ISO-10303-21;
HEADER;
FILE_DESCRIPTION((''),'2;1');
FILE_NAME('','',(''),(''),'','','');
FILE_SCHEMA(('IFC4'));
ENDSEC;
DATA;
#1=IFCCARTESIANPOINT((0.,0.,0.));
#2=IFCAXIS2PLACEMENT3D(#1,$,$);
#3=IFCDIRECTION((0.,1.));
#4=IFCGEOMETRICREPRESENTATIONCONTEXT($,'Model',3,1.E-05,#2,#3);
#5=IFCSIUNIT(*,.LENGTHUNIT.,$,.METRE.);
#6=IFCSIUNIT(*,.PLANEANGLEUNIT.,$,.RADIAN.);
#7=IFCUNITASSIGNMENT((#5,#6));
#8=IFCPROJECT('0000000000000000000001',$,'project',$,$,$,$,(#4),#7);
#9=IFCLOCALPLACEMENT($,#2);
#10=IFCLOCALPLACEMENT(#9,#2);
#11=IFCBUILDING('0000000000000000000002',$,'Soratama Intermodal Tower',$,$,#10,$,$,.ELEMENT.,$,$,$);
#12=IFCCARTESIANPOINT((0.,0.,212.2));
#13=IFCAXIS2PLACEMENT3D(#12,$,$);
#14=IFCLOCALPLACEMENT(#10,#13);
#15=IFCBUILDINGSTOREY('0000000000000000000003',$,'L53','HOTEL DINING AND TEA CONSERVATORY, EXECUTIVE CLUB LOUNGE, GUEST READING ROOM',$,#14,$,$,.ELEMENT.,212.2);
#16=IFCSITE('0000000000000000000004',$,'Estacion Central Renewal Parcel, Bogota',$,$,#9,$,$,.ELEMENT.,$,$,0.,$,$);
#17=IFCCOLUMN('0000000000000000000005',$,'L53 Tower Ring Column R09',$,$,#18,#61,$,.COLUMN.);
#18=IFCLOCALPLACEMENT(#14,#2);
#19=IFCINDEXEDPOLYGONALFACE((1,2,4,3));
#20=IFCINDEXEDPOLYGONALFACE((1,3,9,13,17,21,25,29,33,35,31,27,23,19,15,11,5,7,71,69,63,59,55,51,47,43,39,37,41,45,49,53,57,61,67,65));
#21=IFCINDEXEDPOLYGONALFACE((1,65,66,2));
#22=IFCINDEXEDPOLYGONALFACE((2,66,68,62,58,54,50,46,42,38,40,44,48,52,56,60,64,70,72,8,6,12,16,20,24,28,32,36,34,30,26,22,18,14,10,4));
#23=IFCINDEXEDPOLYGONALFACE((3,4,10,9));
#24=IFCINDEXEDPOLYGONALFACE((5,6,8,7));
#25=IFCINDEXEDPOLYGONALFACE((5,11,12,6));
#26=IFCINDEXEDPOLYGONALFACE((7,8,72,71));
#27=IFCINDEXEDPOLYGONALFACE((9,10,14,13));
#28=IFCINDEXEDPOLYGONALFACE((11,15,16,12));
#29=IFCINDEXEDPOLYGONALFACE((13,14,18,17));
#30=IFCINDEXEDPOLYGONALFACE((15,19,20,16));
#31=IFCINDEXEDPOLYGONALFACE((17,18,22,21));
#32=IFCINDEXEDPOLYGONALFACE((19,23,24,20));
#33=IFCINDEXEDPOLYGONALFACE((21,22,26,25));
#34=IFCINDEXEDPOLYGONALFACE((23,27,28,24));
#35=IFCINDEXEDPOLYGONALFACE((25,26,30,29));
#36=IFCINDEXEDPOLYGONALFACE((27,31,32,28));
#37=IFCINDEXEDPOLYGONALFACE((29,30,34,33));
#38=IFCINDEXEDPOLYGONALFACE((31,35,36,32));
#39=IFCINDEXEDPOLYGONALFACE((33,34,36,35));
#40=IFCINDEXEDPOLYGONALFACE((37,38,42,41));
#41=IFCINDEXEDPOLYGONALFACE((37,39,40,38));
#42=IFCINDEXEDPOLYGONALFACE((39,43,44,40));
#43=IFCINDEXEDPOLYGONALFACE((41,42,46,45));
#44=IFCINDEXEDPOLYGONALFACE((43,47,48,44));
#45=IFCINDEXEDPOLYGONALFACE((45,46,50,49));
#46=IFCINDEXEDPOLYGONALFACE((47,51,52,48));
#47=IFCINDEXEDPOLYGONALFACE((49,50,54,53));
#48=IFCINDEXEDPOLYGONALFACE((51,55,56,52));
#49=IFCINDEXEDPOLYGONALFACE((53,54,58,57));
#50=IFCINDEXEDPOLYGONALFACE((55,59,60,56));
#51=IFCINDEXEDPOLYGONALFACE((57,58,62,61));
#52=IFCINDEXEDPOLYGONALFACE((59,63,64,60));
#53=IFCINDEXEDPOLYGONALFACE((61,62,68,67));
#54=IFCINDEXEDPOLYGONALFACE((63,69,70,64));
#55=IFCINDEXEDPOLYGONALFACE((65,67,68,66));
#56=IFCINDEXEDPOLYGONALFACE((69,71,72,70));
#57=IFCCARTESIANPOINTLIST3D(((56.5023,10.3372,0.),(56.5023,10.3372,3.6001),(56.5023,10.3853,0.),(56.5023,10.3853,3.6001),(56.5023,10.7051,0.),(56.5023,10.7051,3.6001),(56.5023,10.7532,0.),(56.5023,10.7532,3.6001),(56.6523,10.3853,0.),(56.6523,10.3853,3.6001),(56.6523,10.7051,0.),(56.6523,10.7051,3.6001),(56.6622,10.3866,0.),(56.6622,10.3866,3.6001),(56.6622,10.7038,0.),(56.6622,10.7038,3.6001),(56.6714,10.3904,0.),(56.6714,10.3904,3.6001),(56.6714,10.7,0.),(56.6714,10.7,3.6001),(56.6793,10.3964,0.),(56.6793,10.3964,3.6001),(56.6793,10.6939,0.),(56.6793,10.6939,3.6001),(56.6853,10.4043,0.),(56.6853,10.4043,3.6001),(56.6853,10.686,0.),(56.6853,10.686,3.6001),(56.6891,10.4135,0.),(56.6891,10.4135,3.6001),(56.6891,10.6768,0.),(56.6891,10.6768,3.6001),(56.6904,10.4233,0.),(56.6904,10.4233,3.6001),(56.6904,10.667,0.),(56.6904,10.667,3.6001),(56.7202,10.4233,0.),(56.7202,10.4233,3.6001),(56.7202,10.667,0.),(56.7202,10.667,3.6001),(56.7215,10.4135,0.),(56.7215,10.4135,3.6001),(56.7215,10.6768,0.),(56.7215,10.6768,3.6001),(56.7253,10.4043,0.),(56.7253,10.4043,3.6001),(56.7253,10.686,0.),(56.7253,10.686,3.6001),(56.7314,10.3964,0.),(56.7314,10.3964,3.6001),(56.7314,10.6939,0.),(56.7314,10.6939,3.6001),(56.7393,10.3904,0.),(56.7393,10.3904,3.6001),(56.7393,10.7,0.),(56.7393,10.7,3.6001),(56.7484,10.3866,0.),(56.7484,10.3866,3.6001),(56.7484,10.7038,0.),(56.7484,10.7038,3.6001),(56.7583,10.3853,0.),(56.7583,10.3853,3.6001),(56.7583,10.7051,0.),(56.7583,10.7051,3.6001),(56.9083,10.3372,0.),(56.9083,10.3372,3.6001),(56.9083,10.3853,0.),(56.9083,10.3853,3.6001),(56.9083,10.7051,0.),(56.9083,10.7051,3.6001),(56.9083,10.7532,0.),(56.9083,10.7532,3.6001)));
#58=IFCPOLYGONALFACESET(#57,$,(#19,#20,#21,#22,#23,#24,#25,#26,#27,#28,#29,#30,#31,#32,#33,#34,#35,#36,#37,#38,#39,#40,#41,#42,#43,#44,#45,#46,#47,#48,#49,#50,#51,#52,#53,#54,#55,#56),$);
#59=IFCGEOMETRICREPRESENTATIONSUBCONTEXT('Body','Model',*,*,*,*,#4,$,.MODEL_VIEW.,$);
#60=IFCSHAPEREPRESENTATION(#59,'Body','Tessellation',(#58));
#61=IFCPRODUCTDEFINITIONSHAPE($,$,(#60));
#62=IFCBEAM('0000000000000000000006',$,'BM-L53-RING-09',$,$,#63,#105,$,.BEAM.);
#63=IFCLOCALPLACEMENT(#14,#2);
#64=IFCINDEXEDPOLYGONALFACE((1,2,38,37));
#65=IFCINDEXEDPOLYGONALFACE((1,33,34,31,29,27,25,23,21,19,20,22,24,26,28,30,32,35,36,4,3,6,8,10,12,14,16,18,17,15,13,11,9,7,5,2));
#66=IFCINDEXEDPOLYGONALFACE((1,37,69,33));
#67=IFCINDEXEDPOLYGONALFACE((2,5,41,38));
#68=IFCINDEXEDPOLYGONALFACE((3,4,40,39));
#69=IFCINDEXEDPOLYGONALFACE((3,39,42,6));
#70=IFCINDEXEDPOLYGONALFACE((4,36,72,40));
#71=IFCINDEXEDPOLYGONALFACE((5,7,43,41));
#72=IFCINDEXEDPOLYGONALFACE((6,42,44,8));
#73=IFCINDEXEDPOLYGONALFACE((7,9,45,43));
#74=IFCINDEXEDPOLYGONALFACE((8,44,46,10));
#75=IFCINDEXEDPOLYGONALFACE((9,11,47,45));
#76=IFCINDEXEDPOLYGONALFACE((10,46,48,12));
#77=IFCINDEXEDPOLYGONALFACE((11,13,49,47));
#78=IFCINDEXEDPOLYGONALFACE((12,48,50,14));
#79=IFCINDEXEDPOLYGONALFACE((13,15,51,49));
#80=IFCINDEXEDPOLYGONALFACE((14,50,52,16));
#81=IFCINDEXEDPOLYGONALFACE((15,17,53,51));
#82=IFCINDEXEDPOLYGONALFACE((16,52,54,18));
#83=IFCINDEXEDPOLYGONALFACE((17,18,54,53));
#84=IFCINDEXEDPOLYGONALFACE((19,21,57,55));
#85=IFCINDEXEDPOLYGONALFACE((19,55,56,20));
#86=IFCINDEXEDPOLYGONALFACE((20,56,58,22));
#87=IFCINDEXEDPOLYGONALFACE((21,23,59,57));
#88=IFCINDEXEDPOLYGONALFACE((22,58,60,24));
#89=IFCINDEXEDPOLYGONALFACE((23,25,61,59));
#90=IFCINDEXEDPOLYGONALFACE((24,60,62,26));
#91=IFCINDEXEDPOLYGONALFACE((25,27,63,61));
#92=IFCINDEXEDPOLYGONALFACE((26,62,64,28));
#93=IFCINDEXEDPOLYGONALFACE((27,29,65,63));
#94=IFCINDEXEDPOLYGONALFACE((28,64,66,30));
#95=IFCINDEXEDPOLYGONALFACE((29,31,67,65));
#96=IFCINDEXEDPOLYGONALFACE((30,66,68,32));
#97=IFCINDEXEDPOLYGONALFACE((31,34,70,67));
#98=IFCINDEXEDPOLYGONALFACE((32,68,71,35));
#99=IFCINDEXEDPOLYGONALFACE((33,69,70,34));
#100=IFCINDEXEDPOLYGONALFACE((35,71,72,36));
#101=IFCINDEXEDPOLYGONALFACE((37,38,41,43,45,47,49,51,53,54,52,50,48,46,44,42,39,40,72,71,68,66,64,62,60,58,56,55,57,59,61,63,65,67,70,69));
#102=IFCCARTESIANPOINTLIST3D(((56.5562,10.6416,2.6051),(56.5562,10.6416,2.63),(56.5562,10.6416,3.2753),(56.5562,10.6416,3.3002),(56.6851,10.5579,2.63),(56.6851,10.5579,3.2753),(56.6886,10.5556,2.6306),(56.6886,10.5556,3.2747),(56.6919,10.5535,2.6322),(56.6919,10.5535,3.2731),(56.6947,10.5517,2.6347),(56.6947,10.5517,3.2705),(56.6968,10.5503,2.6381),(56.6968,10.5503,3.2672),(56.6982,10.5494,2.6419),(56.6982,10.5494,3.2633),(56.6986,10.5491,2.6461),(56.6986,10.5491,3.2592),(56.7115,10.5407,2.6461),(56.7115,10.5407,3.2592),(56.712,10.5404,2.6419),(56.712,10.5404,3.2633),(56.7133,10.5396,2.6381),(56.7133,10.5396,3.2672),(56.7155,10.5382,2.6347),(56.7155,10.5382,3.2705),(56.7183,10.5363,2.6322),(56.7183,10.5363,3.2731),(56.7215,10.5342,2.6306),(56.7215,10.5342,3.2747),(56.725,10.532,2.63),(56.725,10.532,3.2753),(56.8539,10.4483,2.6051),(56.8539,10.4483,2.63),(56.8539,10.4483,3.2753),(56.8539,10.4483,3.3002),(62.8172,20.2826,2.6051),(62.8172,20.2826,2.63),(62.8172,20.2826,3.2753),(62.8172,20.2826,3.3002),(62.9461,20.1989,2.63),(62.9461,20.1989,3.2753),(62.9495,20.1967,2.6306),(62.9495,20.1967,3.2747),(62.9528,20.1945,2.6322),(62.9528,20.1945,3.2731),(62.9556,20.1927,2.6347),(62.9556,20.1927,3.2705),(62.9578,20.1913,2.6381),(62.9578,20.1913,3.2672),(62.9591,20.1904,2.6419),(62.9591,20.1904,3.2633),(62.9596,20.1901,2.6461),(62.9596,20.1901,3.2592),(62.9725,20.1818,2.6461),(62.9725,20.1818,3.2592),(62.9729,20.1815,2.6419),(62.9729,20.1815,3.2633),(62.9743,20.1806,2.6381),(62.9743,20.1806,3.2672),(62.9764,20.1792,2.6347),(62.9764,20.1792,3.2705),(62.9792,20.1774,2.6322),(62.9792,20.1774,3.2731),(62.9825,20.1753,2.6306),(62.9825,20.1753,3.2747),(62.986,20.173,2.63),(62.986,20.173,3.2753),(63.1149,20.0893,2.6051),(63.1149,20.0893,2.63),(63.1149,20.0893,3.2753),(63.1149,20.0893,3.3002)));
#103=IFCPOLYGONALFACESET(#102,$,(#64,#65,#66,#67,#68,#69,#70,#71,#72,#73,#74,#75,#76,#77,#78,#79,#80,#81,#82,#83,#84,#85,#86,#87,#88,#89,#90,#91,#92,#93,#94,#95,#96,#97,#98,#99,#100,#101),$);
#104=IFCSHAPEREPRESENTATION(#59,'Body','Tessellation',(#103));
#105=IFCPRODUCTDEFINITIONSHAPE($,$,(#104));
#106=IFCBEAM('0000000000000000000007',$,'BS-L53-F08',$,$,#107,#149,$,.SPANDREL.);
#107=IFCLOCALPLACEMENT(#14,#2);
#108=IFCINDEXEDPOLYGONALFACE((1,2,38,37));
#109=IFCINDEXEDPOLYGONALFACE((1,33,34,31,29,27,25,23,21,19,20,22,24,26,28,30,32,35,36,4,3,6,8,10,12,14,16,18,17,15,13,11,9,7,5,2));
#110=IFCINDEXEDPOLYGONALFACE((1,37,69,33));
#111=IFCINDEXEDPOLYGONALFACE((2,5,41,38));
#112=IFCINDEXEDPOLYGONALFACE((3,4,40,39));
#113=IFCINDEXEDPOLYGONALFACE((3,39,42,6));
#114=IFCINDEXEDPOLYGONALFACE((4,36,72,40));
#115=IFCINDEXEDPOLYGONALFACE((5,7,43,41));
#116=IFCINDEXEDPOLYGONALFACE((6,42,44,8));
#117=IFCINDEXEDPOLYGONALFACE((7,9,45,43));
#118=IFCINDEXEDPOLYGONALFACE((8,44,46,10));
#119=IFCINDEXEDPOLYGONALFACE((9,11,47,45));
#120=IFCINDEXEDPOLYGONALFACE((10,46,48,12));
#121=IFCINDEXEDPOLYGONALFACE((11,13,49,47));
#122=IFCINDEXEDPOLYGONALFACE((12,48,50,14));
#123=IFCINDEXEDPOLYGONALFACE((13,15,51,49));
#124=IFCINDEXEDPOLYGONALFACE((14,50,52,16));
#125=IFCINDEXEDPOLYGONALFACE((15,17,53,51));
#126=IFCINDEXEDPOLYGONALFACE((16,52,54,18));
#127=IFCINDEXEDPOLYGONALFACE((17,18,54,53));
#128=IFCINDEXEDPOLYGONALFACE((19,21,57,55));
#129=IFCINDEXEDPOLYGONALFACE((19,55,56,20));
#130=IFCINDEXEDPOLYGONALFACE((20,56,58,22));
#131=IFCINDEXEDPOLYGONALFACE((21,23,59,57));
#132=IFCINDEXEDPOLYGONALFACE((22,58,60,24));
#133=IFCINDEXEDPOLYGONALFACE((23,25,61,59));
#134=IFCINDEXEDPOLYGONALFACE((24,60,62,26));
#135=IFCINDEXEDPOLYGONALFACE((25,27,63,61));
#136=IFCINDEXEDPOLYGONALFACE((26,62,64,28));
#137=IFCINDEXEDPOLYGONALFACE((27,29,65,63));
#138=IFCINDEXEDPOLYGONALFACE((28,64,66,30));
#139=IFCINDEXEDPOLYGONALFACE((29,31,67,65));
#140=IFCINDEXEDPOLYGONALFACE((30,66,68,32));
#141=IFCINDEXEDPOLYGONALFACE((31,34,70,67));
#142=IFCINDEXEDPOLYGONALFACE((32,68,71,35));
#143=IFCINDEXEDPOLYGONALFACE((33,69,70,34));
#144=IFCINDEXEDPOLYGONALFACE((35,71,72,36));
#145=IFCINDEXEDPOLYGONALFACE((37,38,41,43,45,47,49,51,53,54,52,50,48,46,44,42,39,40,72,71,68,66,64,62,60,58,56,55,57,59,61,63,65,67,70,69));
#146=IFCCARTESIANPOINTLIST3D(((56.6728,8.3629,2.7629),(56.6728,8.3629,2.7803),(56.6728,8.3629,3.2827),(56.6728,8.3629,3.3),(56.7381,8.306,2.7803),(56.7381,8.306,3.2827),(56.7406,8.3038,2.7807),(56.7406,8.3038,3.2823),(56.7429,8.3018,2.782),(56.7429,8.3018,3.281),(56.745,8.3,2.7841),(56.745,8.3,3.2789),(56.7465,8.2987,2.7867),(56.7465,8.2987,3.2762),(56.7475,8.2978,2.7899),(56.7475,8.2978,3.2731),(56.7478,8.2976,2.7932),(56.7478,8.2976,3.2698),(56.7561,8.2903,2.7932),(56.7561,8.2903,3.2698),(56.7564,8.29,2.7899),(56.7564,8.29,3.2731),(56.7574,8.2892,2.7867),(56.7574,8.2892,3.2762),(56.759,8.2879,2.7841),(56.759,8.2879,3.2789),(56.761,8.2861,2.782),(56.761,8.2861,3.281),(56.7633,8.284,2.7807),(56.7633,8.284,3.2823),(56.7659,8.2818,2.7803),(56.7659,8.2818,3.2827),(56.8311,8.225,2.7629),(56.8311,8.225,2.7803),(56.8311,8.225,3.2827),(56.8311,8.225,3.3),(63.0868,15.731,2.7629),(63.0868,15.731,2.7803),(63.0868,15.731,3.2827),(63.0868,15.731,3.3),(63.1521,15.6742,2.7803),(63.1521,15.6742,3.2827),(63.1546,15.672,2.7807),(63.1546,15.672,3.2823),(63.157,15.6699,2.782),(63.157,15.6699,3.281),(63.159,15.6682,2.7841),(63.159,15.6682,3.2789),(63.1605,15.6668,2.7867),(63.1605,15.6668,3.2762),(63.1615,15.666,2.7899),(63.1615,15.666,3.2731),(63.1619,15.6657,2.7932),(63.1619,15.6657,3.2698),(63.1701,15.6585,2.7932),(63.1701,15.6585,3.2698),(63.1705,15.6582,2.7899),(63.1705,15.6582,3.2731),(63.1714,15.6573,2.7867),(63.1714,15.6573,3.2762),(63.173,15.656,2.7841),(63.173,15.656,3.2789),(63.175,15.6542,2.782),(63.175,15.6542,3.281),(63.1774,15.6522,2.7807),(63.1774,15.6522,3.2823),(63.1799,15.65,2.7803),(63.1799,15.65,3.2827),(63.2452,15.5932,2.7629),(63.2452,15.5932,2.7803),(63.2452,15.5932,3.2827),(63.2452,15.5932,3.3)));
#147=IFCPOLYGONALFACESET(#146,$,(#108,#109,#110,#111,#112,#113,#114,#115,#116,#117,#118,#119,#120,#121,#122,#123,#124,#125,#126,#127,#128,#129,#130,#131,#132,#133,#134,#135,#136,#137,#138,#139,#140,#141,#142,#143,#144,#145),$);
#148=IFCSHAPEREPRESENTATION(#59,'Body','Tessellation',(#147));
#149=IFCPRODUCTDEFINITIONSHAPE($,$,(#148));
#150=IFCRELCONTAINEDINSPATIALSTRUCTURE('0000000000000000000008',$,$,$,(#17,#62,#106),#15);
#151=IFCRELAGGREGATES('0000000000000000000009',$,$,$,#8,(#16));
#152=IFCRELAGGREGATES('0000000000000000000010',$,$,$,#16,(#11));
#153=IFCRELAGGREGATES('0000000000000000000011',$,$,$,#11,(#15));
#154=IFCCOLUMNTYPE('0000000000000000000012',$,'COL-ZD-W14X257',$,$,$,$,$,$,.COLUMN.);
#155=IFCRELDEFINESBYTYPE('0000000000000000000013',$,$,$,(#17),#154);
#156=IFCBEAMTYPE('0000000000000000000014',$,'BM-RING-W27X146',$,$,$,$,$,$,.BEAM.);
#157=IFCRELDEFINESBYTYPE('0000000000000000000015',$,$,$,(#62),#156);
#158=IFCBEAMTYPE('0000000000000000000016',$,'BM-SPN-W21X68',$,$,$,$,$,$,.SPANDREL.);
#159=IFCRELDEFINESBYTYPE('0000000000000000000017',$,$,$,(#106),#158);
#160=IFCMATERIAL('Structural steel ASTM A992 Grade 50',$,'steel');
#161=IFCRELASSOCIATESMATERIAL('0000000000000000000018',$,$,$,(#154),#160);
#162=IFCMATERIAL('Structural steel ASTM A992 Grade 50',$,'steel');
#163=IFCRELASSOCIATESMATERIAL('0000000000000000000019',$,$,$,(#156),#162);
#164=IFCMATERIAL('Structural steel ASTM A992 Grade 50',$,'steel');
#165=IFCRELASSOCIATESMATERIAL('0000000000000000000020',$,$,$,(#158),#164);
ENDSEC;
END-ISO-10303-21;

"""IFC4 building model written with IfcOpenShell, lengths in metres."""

from ifc_helpers import new_model, si_unit, direction, frame, origin, origin_2d, place, context, subcontext, project, spatial, i_section, extrude, material, material_profile, profile_set, type_object, element, save


model = new_model("IFC4")

# Units and contexts
model_context = context("Model", 3, precision=1e-05, world=origin(), true_north=direction((0.0, 1.0)))
body_context = subcontext(model_context, "Body", "Model", "MODEL_VIEW")
ifc_project = project(units=[si_unit("LENGTHUNIT", "METRE"), si_unit("PLANEANGLEUNIT", "RADIAN")], contexts=[model_context])

# Site, building, storey
site_placement = place(None, origin())
site = spatial("IfcSite", under=ifc_project, at=site_placement, Name="Estacion Central Renewal Parcel, Bogota", CompositionType="ELEMENT", RefElevation=0.0)
building_placement = place(site_placement, origin())
building = spatial("IfcBuilding", under=site, at=building_placement, Name="Soratama Intermodal Tower", CompositionType="ELEMENT")
storey_placement = place(building_placement, frame((0.0, 0.0, 212.2)))
storey = spatial("IfcBuildingStorey", under=building, at=storey_placement, Name="L53", Description="HOTEL DINING AND TEA CONSERVATORY, EXECUTIVE CLUB LOUNGE, GUEST READING ROOM", CompositionType="ELEMENT", Elevation=212.2)

# Column
ifc_material_1 = material(Name="Structural steel ASTM A992 Grade 50", Category="steel")
ifc_material_profile_1 = material_profile(ifc_material_1, i_section(OverallWidth=0.406, OverallDepth=0.416, WebThickness=0.0298, FlangeThickness=0.0481, FilletRadius=0.0381, at=origin_2d()), Name="W14X257")
ifc_profile_set_1 = profile_set([ifc_material_profile_1], Name="Structural steel ASTM A992 Grade 50")
column_type = type_object("IfcColumnType", Name="COL-ZD-W14X257", PredefinedType="COLUMN", material=ifc_profile_set_1)
column_placement = place(storey_placement, frame((56.7053, 10.5452, 0.0), z_axis=(0.0, 0.0, 1.0), x_axis=(1.0, 0.0, 0.0)))
element("IfcColumn", 1, at=column_placement, inside=storey, type_object=column_type, Name="L53 Tower Ring Column R09", PredefinedType="COLUMN", context=body_context, shape_type="SweptSolid", body=[
    extrude(i_section(OverallWidth=0.406, OverallDepth=0.416, WebThickness=0.0298, FlangeThickness=0.0481, FilletRadius=0.0381, at=origin_2d()), origin(), (0.0, 0.0, 1.0), 3.6001),
])

# Beams
ifc_material_2 = material(Name="Structural steel ASTM A992 Grade 50", Category="steel")
ifc_material_profile_2 = material_profile(ifc_material_2, i_section(OverallWidth=0.355, OverallDepth=0.6951, WebThickness=0.0154, FlangeThickness=0.0249, FilletRadius=0.0161, at=origin_2d()), Name="W27X146")
ifc_profile_set_2 = profile_set([ifc_material_profile_2], Name="Structural steel ASTM A992 Grade 50")
beam_type_1 = type_object("IfcBeamType", Name="BM-RING-W27X146", PredefinedType="BEAM", material=ifc_profile_set_2)
beam_1_placement = place(storey_placement, frame((56.7051, 10.5449, 2.9526), z_axis=(0.544637, 0.838672, 0.0), x_axis=(-0.838672, 0.544637, 0.0)))
element("IfcBeam", 2, at=beam_1_placement, inside=storey, type_object=beam_type_1, Name="BM-L53-RING-09", PredefinedType="BEAM", context=body_context, shape_type="SweptSolid", body=[
    extrude(i_section(OverallWidth=0.355, OverallDepth=0.6951, WebThickness=0.0154, FlangeThickness=0.0249, FilletRadius=0.0161, at=origin_2d()), origin(), (0.0, 0.0, 1.0), 11.4956),
])
ifc_material_3 = material(Name="Structural steel ASTM A992 Grade 50", Category="steel")
ifc_material_profile_3 = material_profile(ifc_material_3, i_section(OverallWidth=0.21, OverallDepth=0.5371, WebThickness=0.011, FlangeThickness=0.0173, FilletRadius=0.0129, at=origin_2d()), Name="W21X68")
ifc_profile_set_3 = profile_set([ifc_material_profile_3], Name="Structural steel ASTM A992 Grade 50")
beam_type_2 = type_object("IfcBeamType", Name="BM-SPN-W21X68", PredefinedType="SPANDREL", material=ifc_profile_set_3)
beam_2_placement = place(storey_placement, frame((56.752, 8.2939, 3.0315), z_axis=(0.656585, 0.754252, 0.0), x_axis=(-0.754252, 0.656585, 0.0)))
element("IfcBeam", 3, at=beam_2_placement, inside=storey, type_object=beam_type_2, Name="BS-L53-F08", PredefinedType="SPANDREL", context=body_context, shape_type="SweptSolid", body=[
    extrude(i_section(OverallWidth=0.21, OverallDepth=0.5371, WebThickness=0.011, FlangeThickness=0.0173, FilletRadius=0.0129, at=origin_2d()), origin(), (0.0, 0.0, 1.0), 9.7688),
])

save(model, "model.ifc")
